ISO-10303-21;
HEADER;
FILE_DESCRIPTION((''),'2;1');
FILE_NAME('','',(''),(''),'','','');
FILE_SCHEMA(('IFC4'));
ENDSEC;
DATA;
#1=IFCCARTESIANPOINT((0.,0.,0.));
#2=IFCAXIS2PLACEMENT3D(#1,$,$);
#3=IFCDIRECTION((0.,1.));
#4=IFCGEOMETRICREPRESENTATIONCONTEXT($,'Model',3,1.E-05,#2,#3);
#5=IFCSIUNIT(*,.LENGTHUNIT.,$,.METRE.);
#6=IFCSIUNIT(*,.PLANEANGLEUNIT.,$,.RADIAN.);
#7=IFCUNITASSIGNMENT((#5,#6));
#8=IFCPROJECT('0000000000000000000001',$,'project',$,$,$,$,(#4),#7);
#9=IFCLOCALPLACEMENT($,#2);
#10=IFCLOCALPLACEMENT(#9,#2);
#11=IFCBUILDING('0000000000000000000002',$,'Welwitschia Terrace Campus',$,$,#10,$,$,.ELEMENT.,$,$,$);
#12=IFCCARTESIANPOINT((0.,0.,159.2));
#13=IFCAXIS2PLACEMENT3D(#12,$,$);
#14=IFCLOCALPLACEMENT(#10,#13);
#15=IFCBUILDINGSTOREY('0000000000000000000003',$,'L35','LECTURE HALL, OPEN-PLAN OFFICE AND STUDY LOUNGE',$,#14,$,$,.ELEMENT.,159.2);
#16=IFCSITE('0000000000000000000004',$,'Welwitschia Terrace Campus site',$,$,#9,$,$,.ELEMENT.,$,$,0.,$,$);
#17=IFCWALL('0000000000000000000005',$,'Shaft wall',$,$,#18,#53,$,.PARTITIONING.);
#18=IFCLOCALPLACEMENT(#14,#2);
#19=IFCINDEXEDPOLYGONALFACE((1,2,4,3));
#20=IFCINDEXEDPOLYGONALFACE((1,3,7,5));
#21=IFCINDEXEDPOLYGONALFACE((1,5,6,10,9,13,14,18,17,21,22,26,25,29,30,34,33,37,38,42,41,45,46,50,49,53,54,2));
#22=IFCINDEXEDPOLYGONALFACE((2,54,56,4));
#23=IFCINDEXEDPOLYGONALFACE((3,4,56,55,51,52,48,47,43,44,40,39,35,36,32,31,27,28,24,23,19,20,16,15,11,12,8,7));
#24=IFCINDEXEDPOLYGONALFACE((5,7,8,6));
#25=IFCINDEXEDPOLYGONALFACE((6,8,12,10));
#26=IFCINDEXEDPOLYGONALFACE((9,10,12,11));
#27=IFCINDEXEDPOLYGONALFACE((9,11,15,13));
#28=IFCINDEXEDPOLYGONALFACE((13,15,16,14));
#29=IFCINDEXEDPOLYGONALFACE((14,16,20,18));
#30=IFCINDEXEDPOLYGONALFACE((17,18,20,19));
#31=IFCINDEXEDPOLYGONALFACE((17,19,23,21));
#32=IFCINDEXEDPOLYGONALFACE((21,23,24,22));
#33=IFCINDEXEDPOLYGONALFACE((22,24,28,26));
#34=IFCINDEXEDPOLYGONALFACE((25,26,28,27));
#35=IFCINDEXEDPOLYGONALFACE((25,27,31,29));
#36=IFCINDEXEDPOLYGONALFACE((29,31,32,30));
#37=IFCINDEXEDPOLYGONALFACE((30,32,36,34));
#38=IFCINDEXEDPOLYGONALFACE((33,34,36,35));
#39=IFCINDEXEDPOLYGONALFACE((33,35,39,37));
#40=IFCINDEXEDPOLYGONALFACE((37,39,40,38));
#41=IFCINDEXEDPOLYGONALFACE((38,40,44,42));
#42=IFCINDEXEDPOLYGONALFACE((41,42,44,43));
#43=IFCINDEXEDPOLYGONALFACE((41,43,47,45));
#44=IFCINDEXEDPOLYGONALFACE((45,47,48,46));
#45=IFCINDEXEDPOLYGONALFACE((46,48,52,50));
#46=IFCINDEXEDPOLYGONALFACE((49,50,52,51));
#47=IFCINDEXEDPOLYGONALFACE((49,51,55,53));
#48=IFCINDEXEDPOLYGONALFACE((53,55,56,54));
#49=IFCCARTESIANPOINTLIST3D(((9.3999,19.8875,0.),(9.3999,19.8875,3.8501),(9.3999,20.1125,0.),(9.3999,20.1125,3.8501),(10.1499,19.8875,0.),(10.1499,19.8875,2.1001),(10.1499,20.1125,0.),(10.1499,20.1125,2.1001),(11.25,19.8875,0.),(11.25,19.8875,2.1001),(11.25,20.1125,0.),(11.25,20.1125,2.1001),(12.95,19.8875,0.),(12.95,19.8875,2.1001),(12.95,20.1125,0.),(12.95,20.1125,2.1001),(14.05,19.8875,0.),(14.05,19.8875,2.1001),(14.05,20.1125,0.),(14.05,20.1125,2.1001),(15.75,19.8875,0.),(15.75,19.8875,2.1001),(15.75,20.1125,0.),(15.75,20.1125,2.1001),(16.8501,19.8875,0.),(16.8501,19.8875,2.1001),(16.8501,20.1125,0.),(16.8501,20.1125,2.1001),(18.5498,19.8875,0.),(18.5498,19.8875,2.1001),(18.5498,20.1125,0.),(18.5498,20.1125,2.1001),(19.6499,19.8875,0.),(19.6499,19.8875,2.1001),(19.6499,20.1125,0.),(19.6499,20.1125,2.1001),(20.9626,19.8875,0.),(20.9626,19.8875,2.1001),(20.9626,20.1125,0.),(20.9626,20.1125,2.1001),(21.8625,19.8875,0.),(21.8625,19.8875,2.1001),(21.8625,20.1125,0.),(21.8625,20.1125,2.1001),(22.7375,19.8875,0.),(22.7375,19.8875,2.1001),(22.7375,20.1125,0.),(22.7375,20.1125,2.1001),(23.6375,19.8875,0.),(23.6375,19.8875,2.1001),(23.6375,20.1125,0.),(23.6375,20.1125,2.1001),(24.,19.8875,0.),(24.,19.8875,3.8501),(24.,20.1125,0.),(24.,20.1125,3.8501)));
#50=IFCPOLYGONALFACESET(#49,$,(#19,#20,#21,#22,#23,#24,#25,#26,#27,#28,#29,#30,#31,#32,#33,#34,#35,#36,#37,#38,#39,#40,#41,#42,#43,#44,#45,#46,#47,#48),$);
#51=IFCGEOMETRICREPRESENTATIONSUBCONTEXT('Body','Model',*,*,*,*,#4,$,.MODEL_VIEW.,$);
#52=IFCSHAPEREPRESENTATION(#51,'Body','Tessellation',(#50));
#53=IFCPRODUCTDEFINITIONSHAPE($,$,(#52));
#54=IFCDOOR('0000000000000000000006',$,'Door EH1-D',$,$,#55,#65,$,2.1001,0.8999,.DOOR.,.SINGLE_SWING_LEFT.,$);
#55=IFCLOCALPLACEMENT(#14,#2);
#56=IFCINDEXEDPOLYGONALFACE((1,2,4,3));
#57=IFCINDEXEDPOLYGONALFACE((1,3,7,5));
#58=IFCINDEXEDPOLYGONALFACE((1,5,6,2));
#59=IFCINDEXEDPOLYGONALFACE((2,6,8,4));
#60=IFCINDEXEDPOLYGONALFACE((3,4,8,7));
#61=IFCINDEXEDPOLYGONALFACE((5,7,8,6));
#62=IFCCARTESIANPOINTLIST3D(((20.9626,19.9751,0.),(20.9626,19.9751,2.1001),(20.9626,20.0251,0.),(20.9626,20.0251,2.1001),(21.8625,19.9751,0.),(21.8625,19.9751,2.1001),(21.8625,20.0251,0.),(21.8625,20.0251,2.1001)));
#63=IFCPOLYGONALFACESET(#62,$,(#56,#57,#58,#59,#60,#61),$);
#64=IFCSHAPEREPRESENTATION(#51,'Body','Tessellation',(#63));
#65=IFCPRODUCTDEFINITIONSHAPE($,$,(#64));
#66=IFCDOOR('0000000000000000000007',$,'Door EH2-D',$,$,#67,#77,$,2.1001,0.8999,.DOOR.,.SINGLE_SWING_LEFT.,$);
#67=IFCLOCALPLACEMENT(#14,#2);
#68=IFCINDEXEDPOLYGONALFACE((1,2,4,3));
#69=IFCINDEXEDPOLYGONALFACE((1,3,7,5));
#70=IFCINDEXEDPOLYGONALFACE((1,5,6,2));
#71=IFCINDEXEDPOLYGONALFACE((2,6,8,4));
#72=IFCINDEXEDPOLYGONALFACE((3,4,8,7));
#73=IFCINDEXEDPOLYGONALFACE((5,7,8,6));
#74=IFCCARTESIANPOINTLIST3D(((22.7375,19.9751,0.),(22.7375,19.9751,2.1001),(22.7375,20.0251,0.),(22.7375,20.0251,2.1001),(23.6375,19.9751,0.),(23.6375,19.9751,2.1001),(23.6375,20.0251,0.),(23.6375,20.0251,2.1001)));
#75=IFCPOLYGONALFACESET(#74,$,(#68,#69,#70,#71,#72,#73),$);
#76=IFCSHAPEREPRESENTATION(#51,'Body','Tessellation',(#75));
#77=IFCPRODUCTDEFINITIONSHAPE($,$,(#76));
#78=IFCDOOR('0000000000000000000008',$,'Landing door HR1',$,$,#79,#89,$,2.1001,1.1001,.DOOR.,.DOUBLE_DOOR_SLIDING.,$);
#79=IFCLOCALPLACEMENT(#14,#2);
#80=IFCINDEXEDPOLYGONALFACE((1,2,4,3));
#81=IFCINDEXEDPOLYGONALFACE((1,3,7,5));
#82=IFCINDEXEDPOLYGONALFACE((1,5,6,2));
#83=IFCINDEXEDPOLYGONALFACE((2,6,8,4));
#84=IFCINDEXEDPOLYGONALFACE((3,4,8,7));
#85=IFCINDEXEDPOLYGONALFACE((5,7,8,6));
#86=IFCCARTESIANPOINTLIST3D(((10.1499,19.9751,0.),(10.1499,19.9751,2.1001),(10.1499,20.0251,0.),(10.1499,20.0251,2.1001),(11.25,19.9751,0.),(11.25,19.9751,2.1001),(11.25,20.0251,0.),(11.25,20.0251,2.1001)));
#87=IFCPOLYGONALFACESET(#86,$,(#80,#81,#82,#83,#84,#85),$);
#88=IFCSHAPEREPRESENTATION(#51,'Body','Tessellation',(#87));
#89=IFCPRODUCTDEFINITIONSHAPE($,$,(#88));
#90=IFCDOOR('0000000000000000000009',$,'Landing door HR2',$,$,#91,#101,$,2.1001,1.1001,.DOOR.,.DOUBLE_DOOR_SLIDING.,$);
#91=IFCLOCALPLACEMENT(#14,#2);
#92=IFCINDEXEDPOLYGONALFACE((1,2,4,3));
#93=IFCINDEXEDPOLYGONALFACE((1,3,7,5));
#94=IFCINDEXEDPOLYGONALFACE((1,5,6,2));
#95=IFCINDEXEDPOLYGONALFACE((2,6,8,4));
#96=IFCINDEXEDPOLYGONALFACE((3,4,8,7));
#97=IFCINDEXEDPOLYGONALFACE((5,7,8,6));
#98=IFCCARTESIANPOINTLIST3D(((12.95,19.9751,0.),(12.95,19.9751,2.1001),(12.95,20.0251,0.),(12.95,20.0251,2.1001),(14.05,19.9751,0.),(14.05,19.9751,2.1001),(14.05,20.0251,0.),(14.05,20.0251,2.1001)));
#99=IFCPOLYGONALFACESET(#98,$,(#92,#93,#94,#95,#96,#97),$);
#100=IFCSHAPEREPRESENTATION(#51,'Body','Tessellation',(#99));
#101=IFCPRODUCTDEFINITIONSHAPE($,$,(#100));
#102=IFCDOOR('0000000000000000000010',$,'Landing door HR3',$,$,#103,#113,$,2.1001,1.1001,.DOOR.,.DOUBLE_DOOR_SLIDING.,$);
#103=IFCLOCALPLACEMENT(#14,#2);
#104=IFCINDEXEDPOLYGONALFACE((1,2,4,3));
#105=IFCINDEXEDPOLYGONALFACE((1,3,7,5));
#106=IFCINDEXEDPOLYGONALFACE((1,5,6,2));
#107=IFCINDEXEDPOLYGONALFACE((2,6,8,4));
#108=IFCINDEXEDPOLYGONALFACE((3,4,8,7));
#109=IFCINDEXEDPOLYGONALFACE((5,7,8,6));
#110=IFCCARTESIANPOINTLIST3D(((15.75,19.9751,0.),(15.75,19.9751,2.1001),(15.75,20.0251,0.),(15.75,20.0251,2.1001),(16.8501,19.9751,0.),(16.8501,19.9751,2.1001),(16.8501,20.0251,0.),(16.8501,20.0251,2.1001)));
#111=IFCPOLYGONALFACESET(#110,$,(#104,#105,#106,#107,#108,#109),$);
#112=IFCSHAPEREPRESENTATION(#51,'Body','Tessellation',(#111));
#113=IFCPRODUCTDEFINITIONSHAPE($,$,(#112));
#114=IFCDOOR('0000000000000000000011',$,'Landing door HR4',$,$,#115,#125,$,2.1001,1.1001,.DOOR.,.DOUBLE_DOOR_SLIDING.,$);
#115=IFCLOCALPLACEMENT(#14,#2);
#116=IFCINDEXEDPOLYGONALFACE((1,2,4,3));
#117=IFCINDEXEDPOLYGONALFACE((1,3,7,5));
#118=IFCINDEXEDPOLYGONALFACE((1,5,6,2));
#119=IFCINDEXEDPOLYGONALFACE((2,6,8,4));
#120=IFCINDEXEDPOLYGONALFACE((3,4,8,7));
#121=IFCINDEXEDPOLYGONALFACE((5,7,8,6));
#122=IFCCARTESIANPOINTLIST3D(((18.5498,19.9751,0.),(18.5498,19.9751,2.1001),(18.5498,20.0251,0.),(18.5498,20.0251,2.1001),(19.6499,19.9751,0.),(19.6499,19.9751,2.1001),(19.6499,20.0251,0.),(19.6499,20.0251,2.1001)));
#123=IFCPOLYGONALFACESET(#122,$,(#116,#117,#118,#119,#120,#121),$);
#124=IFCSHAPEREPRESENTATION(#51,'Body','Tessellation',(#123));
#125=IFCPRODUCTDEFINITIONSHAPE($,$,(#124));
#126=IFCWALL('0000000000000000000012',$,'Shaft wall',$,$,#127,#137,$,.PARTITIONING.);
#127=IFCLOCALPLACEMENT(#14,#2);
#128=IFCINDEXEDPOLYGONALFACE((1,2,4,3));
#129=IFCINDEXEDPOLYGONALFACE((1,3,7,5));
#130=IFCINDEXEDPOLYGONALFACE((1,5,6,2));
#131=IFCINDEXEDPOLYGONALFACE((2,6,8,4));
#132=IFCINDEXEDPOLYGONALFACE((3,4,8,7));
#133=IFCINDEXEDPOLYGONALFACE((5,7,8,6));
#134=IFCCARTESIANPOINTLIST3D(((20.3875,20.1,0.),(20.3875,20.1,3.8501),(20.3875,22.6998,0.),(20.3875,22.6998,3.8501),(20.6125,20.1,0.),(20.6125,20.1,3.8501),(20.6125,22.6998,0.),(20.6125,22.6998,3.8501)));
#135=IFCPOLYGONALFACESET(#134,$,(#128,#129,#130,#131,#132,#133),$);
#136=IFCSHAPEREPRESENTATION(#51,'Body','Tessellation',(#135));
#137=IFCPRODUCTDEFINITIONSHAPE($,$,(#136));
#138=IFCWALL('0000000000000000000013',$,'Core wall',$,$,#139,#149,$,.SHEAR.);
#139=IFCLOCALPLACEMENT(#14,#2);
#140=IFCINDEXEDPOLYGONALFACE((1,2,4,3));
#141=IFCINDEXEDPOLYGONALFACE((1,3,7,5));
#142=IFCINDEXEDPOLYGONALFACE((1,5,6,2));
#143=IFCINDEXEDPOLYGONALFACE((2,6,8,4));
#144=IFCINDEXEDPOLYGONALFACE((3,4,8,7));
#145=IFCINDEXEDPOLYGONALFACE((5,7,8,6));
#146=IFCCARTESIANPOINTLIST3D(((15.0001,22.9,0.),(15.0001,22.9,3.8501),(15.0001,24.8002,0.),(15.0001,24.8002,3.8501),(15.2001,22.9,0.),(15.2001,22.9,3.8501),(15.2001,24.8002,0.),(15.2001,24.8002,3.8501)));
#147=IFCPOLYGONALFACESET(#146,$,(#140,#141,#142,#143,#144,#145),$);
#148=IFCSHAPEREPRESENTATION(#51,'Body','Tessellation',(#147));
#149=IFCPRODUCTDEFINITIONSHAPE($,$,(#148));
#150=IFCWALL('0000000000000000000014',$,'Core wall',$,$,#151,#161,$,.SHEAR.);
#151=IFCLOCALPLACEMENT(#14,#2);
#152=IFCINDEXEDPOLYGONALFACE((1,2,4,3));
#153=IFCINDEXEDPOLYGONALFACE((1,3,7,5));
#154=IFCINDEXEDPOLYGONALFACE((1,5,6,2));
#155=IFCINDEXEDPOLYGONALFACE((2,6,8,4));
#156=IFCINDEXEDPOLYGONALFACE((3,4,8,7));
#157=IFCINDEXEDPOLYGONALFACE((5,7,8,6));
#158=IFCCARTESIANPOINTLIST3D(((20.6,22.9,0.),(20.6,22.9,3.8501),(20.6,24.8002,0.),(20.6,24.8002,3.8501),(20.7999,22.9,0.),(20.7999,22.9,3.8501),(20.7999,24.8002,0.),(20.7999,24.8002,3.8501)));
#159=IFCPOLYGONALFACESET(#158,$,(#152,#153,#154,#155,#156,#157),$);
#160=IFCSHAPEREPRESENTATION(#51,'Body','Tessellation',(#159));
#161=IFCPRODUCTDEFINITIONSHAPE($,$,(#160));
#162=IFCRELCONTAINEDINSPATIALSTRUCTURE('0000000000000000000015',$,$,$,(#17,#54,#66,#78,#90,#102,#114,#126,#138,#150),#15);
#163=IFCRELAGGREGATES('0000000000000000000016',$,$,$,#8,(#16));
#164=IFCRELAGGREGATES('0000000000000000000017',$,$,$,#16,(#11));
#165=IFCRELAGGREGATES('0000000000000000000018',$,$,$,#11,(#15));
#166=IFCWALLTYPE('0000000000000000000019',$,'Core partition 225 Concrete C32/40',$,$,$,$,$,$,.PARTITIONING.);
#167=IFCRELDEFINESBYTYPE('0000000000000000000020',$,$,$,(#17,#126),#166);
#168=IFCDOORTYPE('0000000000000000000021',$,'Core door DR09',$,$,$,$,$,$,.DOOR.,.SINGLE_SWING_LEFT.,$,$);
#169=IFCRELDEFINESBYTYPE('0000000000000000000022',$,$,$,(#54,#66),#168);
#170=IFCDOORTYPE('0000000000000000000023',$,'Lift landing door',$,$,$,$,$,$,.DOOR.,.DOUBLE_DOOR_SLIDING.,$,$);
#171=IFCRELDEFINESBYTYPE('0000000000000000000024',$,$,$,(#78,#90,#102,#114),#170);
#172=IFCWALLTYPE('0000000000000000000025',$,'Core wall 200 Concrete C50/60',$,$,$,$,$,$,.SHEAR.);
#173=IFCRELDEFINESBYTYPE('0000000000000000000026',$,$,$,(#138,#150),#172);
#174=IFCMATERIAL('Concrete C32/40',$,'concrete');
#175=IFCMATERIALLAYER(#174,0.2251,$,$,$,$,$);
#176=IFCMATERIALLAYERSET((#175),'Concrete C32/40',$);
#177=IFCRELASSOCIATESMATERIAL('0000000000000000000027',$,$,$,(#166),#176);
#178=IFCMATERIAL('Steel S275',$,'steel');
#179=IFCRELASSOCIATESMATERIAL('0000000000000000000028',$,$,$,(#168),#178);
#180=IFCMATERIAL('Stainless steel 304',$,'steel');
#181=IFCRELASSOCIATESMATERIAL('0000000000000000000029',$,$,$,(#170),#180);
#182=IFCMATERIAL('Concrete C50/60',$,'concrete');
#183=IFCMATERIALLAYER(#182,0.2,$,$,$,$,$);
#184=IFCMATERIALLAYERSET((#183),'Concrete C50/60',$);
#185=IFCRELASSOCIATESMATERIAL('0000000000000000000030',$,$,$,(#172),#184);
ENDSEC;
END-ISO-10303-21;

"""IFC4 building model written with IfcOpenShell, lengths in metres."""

from ifc_helpers import new_model, si_unit, direction, frame, frame_2d, origin, place, context, subcontext, project, spatial, rectangle, extrude, material, layer, layer_set, type_object, element, fill, save


model = new_model("IFC4")

# Units and contexts
model_context = context("Model", 3, precision=1e-05, world=origin(), true_north=direction((0.0, 1.0)))
body_context = subcontext(model_context, "Body", "Model", "MODEL_VIEW")
ifc_project = project(units=[si_unit("LENGTHUNIT", "METRE"), si_unit("PLANEANGLEUNIT", "RADIAN")], contexts=[model_context])

# Site, building, storey
site_placement = place(None, origin())
site = spatial("IfcSite", under=ifc_project, at=site_placement, Name="Welwitschia Terrace Campus site", CompositionType="ELEMENT", RefElevation=0.0)
building_placement = place(site_placement, origin())
building = spatial("IfcBuilding", under=site, at=building_placement, Name="Welwitschia Terrace Campus", CompositionType="ELEMENT")
storey_placement = place(building_placement, frame((0.0, 0.0, 159.2)))
storey = spatial("IfcBuildingStorey", under=building, at=storey_placement, Name="L35", Description="LECTURE HALL, OPEN-PLAN OFFICE AND STUDY LOUNGE", CompositionType="ELEMENT", Elevation=159.2)

# Wall, openings, doors
ifc_material_1 = material(Name="Concrete C32/40", Category="concrete")
ifc_layer_1 = layer(ifc_material_1, 0.2251)
ifc_layer_set_1 = layer_set([ifc_layer_1], Name="Concrete C32/40")
wall_type_1 = type_object("IfcWallType", Name="Core partition 225 Concrete C32/40", PredefinedType="PARTITIONING", material=ifc_layer_set_1)
wall_1_placement = place(storey_placement, frame((24.0, 20.0, 0.0), z_axis=(0.0, 0.0, 1.0), x_axis=(-1.0, 0.0, 0.0)))
wall_1 = element("IfcWall", 1, at=wall_1_placement, inside=storey, type_object=wall_type_1, Name="Shaft wall", PredefinedType="PARTITIONING", context=body_context, shape_type="SweptSolid", body=[
    extrude(rectangle(XDim=14.6001, YDim=0.2251, at=frame_2d((7.3, 0.0))), origin(), (0.0, 0.0, 1.0), 3.8501),
])
opening_1_placement = place(wall_1_placement, frame((12.75, 0.0, 0.0)))
opening_1 = element("IfcOpeningElement", 2, at=opening_1_placement, cuts=wall_1, PredefinedType="OPENING", context=body_context, shape_type="SweptSolid", body=[
    extrude(rectangle(XDim=1.1001, YDim=2.1001, at=frame_2d((0.55, 1.05))), frame((0.0, 0.1226, 0.0), z_axis=(0.0, -1.0, 0.0), x_axis=(1.0, 0.0, 0.0)), (0.0, 0.0, 1.0), 0.2451),
])
opening_2_placement = place(wall_1_placement, frame((9.95, 0.0, 0.0)))
opening_2 = element("IfcOpeningElement", 3, at=opening_2_placement, cuts=wall_1, PredefinedType="OPENING", context=body_context, shape_type="SweptSolid", body=[
    extrude(rectangle(XDim=1.1001, YDim=2.1001, at=frame_2d((0.55, 1.05))), frame((0.0, 0.1226, 0.0), z_axis=(0.0, -1.0, 0.0), x_axis=(1.0, 0.0, 0.0)), (0.0, 0.0, 1.0), 0.2451),
])
opening_3_placement = place(wall_1_placement, frame((7.1499, 0.0, 0.0)))
opening_3 = element("IfcOpeningElement", 4, at=opening_3_placement, cuts=wall_1, PredefinedType="OPENING", context=body_context, shape_type="SweptSolid", body=[
    extrude(rectangle(XDim=1.1001, YDim=2.1001, at=frame_2d((0.55, 1.05))), frame((0.0, 0.1226, 0.0), z_axis=(0.0, -1.0, 0.0), x_axis=(1.0, 0.0, 0.0)), (0.0, 0.0, 1.0), 0.2451),
])
opening_4_placement = place(wall_1_placement, frame((4.3501, 0.0, 0.0)))
opening_4 = element("IfcOpeningElement", 5, at=opening_4_placement, cuts=wall_1, PredefinedType="OPENING", context=body_context, shape_type="SweptSolid", body=[
    extrude(rectangle(XDim=1.1001, YDim=2.1001, at=frame_2d((0.55, 1.05))), frame((0.0, 0.1226, 0.0), z_axis=(0.0, -1.0, 0.0), x_axis=(1.0, 0.0, 0.0)), (0.0, 0.0, 1.0), 0.2451),
])
opening_5_placement = place(wall_1_placement, frame((2.1375, 0.0, 0.0)))
opening_5 = element("IfcOpeningElement", 6, at=opening_5_placement, cuts=wall_1, PredefinedType="OPENING", context=body_context, shape_type="SweptSolid", body=[
    extrude(rectangle(XDim=0.8999, YDim=2.1001, at=frame_2d((0.45, 1.05))), frame((0.0, 0.1226, 0.0), z_axis=(0.0, -1.0, 0.0), x_axis=(1.0, 0.0, 0.0)), (0.0, 0.0, 1.0), 0.2451),
])
opening_6_placement = place(wall_1_placement, frame((0.3625, 0.0, 0.0)))
opening_6 = element("IfcOpeningElement", 7, at=opening_6_placement, cuts=wall_1, PredefinedType="OPENING", context=body_context, shape_type="SweptSolid", body=[
    extrude(rectangle(XDim=0.8999, YDim=2.1001, at=frame_2d((0.45, 1.05))), frame((0.0, 0.1226, 0.0), z_axis=(0.0, -1.0, 0.0), x_axis=(1.0, 0.0, 0.0)), (0.0, 0.0, 1.0), 0.2451),
])
ifc_material_2 = material(Name="Steel S275", Category="steel")
door_type_1 = type_object("IfcDoorType", Name="Core door DR09", OperationType="SINGLE_SWING_LEFT", PredefinedType="DOOR", material=ifc_material_2)
door_1_placement = place(opening_5_placement, origin())
door_1 = element("IfcDoor", 8, at=door_1_placement, inside=storey, type_object=door_type_1, Name="Door EH1-D", OperationType="SINGLE_SWING_LEFT", OverallHeight=2.1001, OverallWidth=0.8999, PredefinedType="DOOR", context=body_context, shape_type="SweptSolid", body=[
    extrude(rectangle(XDim=0.8999, YDim=2.1001, at=frame_2d((0.45, 1.05))), frame((0.0, 0.0249, 0.0), z_axis=(0.0, -1.0, 0.0), x_axis=(1.0, 0.0, 0.0)), (0.0, 0.0, 1.0), 0.05),
])
fill(opening_5, door_1)
door_2_placement = place(opening_6_placement, origin())
door_2 = element("IfcDoor", 9, at=door_2_placement, inside=storey, type_object=door_type_1, Name="Door EH2-D", OperationType="SINGLE_SWING_LEFT", OverallHeight=2.1001, OverallWidth=0.8999, PredefinedType="DOOR", context=body_context, shape_type="SweptSolid", body=[
    extrude(rectangle(XDim=0.8999, YDim=2.1001, at=frame_2d((0.45, 1.05))), frame((0.0, 0.0249, 0.0), z_axis=(0.0, -1.0, 0.0), x_axis=(1.0, 0.0, 0.0)), (0.0, 0.0, 1.0), 0.05),
])
fill(opening_6, door_2)
ifc_material_3 = material(Name="Stainless steel 304", Category="steel")
door_type_2 = type_object("IfcDoorType", Name="Lift landing door", OperationType="DOUBLE_DOOR_SLIDING", PredefinedType="DOOR", material=ifc_material_3)
door_3_placement = place(opening_1_placement, origin())
door_3 = element("IfcDoor", 10, at=door_3_placement, inside=storey, type_object=door_type_2, Name="Landing door HR1", OperationType="DOUBLE_DOOR_SLIDING", OverallHeight=2.1001, OverallWidth=1.1001, PredefinedType="DOOR", context=body_context, shape_type="SweptSolid", body=[
    extrude(rectangle(XDim=1.1001, YDim=2.1001, at=frame_2d((0.55, 1.05))), frame((0.0, 0.0249, 0.0), z_axis=(0.0, -1.0, 0.0), x_axis=(1.0, 0.0, 0.0)), (0.0, 0.0, 1.0), 0.05),
])
fill(opening_1, door_3)
door_4_placement = place(opening_2_placement, origin())
door_4 = element("IfcDoor", 11, at=door_4_placement, inside=storey, type_object=door_type_2, Name="Landing door HR2", OperationType="DOUBLE_DOOR_SLIDING", OverallHeight=2.1001, OverallWidth=1.1001, PredefinedType="DOOR", context=body_context, shape_type="SweptSolid", body=[
    extrude(rectangle(XDim=1.1001, YDim=2.1001, at=frame_2d((0.55, 1.05))), frame((0.0, 0.0249, 0.0), z_axis=(0.0, -1.0, 0.0), x_axis=(1.0, 0.0, 0.0)), (0.0, 0.0, 1.0), 0.05),
])
fill(opening_2, door_4)
door_5_placement = place(opening_3_placement, origin())
door_5 = element("IfcDoor", 12, at=door_5_placement, inside=storey, type_object=door_type_2, Name="Landing door HR3", OperationType="DOUBLE_DOOR_SLIDING", OverallHeight=2.1001, OverallWidth=1.1001, PredefinedType="DOOR", context=body_context, shape_type="SweptSolid", body=[
    extrude(rectangle(XDim=1.1001, YDim=2.1001, at=frame_2d((0.55, 1.05))), frame((0.0, 0.0249, 0.0), z_axis=(0.0, -1.0, 0.0), x_axis=(1.0, 0.0, 0.0)), (0.0, 0.0, 1.0), 0.05),
])
fill(opening_3, door_5)
door_6_placement = place(opening_4_placement, origin())
door_6 = element("IfcDoor", 13, at=door_6_placement, inside=storey, type_object=door_type_2, Name="Landing door HR4", OperationType="DOUBLE_DOOR_SLIDING", OverallHeight=2.1001, OverallWidth=1.1001, PredefinedType="DOOR", context=body_context, shape_type="SweptSolid", body=[
    extrude(rectangle(XDim=1.1001, YDim=2.1001, at=frame_2d((0.55, 1.05))), frame((0.0, 0.0249, 0.0), z_axis=(0.0, -1.0, 0.0), x_axis=(1.0, 0.0, 0.0)), (0.0, 0.0, 1.0), 0.05),
])
fill(opening_4, door_6)

# Walls
wall_2_placement = place(storey_placement, frame((20.5, 20.1001, 0.0), z_axis=(0.0, 0.0, 1.0), x_axis=(0.0, 1.0, 0.0)))
element("IfcWall", 14, at=wall_2_placement, inside=storey, type_object=wall_type_1, Name="Shaft wall", PredefinedType="PARTITIONING", context=body_context, shape_type="SweptSolid", body=[
    extrude(rectangle(XDim=2.5999, YDim=0.2251, at=frame_2d((1.2998, 0.0))), origin(), (0.0, 0.0, 1.0), 3.8501),
])
ifc_material_4 = material(Name="Concrete C50/60", Category="concrete")
ifc_layer_2 = layer(ifc_material_4, 0.2)
ifc_layer_set_2 = layer_set([ifc_layer_2], Name="Concrete C50/60")
wall_type_2 = type_object("IfcWallType", Name="Core wall 200 Concrete C50/60", PredefinedType="SHEAR", material=ifc_layer_set_2)
for number, where, z_axis, x_axis, name in (
    (15, (15.1001, 22.8999, 0.0), (0.0, 0.0, 1.0), (0.0, 1.0, 0.0), "Core wall"),
    (16, (20.7, 22.8999, 0.0), (0.0, 0.0, 1.0), (0.0, 1.0, 0.0), "Core wall"),
):
    element("IfcWall", number, at=place(storey_placement, frame(where, z_axis=z_axis, x_axis=x_axis)), inside=storey, type_object=wall_type_2, Name=name, PredefinedType="SHEAR", context=body_context, shape_type="SweptSolid", body=[
        extrude(rectangle(XDim=1.9001, YDim=0.2, at=frame_2d((0.9502, 0.0))), origin(), (0.0, 0.0, 1.0), 3.8501),
    ])

save(model, "model.ifc")
